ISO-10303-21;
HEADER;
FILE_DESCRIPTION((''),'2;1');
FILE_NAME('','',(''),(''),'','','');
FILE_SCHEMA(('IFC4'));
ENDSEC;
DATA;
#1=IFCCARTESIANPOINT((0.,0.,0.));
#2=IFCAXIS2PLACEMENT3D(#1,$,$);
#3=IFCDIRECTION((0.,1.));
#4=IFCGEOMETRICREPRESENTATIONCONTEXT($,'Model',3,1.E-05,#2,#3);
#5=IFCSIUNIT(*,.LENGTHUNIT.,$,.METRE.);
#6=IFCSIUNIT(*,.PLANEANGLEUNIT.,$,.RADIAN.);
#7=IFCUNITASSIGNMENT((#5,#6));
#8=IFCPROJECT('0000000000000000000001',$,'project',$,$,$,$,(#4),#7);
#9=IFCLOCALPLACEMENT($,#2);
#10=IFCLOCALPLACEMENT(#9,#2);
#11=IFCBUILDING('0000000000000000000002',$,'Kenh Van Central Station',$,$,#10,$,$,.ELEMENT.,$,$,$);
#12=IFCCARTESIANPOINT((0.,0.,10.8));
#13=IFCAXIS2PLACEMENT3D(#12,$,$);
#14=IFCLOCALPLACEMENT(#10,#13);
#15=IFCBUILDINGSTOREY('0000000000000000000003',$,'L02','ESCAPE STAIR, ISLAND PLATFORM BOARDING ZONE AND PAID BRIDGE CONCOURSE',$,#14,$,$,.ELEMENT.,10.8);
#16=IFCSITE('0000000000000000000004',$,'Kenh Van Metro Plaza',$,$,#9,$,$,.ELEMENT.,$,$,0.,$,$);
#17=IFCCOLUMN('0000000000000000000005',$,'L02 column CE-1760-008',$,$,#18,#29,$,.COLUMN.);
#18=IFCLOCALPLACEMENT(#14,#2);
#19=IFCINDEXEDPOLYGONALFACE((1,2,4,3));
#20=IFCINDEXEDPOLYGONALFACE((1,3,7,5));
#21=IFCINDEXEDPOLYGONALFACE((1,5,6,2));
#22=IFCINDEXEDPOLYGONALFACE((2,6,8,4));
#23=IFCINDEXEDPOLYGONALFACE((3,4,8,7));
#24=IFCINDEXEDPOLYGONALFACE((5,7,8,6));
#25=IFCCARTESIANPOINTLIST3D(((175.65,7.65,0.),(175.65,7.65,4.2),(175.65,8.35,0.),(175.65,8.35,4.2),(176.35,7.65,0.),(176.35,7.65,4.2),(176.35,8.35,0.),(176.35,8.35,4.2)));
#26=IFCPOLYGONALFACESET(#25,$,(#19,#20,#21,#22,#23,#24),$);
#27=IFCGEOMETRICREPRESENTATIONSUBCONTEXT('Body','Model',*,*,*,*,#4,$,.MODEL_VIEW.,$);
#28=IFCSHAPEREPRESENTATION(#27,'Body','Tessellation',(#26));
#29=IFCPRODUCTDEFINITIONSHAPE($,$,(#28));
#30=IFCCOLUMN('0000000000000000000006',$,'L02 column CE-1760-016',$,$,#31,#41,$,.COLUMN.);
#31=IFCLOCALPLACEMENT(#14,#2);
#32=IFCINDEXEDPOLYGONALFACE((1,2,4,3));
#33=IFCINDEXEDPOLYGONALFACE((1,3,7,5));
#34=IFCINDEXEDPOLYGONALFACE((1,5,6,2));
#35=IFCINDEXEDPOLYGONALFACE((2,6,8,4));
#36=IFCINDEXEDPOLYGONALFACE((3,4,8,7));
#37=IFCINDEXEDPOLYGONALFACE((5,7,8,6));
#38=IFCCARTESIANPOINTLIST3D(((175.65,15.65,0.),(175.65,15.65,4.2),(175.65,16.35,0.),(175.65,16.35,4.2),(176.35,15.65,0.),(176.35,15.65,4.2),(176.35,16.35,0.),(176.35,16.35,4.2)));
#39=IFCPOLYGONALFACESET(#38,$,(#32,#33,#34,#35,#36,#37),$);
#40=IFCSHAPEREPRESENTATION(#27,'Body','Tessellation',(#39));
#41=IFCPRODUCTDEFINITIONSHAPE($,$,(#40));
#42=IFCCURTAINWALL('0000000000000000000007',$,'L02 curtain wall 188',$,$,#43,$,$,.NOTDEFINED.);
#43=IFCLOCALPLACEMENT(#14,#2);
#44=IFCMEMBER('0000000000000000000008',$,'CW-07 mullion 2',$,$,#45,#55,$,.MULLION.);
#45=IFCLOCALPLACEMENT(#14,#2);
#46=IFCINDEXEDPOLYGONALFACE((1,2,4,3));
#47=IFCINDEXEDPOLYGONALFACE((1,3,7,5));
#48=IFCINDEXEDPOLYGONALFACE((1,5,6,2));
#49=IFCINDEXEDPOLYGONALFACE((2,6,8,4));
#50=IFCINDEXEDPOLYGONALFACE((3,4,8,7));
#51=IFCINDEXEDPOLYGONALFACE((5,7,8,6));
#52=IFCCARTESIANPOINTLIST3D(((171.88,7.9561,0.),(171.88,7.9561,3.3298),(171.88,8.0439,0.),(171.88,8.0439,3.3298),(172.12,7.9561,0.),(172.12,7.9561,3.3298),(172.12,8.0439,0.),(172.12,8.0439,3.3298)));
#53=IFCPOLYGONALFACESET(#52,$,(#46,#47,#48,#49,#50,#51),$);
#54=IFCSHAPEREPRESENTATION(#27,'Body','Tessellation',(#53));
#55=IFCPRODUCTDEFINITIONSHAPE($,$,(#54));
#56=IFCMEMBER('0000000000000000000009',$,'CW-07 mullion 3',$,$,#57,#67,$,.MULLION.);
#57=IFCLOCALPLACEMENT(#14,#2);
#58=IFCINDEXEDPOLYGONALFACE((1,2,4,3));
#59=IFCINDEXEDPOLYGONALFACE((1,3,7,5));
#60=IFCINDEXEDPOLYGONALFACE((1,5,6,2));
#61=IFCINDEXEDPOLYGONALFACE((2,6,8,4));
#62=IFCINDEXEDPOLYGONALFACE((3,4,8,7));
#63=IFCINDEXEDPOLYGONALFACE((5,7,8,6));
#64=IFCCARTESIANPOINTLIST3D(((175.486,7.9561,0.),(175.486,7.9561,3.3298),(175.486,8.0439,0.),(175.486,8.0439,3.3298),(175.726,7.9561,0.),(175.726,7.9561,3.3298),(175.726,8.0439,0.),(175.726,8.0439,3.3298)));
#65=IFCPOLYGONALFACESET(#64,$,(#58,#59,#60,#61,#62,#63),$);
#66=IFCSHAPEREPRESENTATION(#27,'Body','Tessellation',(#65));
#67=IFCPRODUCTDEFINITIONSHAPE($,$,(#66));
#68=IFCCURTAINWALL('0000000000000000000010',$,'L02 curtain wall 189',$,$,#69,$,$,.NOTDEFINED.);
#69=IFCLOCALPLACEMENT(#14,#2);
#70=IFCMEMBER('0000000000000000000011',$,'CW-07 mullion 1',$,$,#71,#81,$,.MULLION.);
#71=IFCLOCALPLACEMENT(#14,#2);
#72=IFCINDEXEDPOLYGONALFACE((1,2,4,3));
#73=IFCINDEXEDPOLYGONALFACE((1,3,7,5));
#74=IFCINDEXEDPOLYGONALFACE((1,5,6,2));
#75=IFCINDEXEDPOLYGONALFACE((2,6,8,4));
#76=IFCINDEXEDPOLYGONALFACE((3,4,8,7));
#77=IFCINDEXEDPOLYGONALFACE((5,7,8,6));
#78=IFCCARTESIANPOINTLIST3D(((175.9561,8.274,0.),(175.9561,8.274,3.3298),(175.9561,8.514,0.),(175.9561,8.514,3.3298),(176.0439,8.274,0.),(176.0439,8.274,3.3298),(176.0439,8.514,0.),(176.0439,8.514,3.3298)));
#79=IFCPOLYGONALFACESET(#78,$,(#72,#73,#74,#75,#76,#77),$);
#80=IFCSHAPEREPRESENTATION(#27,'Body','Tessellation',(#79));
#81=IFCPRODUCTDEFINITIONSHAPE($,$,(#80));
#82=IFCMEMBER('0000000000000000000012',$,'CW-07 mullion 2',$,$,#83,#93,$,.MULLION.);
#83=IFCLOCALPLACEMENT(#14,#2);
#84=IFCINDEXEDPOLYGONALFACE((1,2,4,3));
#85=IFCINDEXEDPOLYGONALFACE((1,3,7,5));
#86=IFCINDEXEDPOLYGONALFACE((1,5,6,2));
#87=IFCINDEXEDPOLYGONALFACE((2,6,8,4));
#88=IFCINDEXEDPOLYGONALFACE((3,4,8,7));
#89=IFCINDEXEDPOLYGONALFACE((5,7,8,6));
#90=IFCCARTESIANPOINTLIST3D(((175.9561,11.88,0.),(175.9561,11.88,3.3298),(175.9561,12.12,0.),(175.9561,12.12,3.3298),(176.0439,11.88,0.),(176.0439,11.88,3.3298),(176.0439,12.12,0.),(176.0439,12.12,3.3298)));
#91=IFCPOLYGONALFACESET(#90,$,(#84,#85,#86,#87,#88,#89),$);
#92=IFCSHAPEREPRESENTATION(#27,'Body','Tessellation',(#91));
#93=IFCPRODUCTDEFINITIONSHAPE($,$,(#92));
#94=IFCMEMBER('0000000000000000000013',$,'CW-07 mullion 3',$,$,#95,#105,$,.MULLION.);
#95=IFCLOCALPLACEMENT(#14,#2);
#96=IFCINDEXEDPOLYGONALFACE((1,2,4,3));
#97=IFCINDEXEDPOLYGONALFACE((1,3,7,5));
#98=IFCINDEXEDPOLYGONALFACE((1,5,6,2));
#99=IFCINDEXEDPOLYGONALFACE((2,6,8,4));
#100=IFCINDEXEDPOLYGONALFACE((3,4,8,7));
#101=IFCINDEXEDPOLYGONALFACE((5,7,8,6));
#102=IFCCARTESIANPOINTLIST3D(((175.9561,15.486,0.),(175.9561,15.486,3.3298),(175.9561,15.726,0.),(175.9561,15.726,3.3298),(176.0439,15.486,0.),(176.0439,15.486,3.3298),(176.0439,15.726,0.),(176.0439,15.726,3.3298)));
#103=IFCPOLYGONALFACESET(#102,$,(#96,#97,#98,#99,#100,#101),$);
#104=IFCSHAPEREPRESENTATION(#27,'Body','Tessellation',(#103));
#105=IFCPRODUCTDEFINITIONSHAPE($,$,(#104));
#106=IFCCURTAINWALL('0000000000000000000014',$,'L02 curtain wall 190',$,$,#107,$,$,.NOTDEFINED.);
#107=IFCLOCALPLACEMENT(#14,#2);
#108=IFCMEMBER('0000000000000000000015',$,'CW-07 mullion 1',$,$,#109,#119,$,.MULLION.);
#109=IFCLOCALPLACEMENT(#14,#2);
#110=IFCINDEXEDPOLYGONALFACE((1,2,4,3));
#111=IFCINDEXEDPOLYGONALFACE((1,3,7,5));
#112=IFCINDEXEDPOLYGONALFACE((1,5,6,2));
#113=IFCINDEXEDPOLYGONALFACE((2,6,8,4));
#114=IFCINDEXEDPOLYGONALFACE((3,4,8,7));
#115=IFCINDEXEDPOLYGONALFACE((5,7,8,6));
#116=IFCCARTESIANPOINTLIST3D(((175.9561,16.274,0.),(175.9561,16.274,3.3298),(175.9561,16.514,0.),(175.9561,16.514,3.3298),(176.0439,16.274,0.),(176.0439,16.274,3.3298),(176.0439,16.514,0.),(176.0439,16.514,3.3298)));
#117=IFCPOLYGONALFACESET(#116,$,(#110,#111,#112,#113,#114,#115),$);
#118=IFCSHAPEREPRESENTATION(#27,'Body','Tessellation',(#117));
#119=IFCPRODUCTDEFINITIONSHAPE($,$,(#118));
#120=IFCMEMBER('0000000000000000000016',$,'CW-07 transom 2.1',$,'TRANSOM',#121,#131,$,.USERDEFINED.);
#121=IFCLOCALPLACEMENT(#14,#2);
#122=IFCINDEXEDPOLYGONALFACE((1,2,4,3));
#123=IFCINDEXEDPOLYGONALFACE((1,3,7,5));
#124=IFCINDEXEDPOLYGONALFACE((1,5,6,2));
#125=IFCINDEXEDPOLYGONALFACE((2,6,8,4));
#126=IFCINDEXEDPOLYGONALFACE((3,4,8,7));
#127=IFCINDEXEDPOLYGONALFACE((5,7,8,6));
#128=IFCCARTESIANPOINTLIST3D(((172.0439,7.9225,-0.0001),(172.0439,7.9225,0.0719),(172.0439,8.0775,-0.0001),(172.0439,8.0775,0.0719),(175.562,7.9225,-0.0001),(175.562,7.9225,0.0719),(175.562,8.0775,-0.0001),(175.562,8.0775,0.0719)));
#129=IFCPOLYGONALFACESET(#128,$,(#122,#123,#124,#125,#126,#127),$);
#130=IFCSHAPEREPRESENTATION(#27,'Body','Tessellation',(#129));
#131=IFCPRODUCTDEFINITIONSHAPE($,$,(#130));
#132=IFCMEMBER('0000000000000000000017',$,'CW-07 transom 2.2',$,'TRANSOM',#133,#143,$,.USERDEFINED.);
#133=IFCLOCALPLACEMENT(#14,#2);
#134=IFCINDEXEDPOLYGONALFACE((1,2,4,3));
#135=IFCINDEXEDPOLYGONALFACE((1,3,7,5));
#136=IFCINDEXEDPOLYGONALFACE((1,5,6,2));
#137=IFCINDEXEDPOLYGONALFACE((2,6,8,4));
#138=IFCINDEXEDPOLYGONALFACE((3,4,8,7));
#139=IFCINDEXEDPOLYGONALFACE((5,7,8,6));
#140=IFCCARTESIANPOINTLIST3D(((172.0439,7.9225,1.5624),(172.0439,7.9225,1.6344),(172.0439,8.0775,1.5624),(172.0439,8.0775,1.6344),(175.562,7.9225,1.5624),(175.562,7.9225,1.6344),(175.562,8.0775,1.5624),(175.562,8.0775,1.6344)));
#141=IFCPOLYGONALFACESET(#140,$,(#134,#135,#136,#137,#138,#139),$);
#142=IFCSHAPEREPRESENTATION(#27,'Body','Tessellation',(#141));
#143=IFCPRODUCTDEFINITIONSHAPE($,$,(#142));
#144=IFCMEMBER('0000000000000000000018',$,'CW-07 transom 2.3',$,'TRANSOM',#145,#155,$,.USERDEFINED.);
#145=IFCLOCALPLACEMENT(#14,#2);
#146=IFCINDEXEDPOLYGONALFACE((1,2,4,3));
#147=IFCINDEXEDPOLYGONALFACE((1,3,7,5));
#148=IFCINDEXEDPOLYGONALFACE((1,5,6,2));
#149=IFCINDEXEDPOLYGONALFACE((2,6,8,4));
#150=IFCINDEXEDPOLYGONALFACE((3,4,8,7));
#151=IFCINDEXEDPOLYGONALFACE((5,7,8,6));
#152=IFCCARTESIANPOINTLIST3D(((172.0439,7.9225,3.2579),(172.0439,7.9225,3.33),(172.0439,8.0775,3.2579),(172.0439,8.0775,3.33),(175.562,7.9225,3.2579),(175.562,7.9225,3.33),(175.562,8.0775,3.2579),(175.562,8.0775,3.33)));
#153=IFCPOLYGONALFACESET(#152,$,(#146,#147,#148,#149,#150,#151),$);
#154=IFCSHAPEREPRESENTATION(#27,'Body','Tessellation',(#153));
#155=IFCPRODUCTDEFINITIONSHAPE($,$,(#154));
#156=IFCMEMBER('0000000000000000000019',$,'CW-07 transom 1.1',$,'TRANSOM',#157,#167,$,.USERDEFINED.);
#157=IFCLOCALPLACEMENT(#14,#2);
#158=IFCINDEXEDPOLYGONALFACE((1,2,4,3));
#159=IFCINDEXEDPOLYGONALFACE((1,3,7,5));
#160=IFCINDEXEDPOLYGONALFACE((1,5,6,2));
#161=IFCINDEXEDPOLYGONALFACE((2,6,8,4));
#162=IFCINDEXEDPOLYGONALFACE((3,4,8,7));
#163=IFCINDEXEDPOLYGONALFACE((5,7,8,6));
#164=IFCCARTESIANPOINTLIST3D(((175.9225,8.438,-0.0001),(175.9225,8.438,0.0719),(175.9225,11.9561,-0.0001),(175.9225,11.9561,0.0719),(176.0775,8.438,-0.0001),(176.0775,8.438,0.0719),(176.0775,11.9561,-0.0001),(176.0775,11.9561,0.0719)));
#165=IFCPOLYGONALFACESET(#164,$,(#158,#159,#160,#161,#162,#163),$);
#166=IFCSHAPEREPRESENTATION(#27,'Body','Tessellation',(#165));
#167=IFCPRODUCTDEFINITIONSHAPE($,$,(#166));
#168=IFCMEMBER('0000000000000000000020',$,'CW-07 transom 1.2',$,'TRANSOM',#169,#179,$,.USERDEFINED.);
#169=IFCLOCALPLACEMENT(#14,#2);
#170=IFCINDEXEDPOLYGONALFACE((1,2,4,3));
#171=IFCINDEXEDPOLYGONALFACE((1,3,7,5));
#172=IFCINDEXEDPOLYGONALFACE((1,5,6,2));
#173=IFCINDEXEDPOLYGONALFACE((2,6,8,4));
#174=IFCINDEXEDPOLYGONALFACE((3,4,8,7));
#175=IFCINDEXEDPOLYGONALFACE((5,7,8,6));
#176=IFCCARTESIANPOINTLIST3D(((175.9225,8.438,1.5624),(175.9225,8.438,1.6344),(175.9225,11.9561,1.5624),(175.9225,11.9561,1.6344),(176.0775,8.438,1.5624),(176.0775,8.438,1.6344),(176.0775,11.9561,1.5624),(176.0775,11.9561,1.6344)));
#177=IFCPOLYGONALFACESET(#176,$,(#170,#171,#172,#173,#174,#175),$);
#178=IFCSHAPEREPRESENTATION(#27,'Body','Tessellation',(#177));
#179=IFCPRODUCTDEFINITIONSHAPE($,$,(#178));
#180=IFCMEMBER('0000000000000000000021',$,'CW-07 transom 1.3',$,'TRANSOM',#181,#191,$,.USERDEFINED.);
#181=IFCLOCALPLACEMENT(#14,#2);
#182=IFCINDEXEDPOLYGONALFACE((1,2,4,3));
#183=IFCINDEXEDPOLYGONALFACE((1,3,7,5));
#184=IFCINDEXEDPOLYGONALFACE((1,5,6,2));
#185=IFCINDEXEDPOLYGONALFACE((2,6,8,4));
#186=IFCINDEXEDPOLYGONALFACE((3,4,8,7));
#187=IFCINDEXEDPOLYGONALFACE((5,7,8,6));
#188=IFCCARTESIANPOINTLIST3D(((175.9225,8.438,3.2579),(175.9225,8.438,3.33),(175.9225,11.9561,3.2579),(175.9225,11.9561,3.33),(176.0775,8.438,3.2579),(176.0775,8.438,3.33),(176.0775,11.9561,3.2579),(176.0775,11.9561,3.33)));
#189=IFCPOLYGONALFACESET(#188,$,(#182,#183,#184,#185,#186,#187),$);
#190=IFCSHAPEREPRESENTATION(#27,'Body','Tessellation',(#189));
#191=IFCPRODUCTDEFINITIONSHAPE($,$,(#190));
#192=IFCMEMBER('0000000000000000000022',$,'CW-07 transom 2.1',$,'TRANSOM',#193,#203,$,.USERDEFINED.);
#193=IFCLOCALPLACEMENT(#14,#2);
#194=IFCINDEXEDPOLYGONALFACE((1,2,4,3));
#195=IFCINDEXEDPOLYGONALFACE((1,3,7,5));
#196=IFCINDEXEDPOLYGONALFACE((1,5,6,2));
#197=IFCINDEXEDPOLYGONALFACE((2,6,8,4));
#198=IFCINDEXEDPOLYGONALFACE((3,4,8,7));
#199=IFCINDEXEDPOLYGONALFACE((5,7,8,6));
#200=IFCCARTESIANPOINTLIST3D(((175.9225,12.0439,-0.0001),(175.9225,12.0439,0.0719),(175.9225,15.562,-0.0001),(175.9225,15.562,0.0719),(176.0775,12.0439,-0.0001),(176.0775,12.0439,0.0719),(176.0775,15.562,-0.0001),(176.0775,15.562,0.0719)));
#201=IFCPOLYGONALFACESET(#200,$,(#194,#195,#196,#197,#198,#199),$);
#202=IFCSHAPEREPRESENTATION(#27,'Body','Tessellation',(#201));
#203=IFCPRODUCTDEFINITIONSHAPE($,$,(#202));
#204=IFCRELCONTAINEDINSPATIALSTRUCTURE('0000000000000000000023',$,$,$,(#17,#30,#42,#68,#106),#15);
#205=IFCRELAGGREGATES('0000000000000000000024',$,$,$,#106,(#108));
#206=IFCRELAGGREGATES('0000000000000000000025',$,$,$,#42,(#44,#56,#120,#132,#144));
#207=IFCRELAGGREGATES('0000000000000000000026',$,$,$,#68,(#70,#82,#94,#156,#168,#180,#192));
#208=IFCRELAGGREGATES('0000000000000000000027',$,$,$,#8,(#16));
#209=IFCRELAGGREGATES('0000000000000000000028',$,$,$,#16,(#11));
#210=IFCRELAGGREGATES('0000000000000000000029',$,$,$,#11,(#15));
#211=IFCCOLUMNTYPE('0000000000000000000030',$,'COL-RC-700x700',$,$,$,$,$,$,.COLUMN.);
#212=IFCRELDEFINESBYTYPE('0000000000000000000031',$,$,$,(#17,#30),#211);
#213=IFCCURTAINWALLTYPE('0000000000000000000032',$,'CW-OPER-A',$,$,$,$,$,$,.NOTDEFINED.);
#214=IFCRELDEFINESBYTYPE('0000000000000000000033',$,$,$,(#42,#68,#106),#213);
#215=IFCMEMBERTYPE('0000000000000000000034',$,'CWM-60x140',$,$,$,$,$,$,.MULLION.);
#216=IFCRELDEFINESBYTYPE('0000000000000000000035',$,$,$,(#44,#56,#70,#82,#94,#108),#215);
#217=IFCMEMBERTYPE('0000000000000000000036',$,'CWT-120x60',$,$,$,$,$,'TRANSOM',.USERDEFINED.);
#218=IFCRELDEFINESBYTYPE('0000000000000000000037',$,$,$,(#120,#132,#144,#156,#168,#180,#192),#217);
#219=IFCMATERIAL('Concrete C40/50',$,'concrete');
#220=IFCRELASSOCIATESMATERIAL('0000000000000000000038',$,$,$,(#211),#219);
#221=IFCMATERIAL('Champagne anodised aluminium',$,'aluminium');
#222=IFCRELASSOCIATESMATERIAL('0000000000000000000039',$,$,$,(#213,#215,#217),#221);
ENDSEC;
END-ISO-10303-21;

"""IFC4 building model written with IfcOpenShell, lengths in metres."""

from ifc_helpers import new_model, si_unit, direction, frame, origin, origin_2d, place, context, subcontext, project, spatial, rectangle, extrude, material, material_profile, profile_set, type_object, element, aggregate, save


model = new_model("IFC4")

# Units and contexts
model_context = context("Model", 3, precision=1e-05, world=origin(), true_north=direction((0.0, 1.0)))
body_context = subcontext(model_context, "Body", "Model", "MODEL_VIEW")
ifc_project = project(units=[si_unit("LENGTHUNIT", "METRE"), si_unit("PLANEANGLEUNIT", "RADIAN")], contexts=[model_context])

# Site, building, storey
site_placement = place(None, origin())
site = spatial("IfcSite", under=ifc_project, at=site_placement, Name="Kenh Van Metro Plaza", CompositionType="ELEMENT", RefElevation=0.0)
building_placement = place(site_placement, origin())
building = spatial("IfcBuilding", under=site, at=building_placement, Name="Kenh Van Central Station", CompositionType="ELEMENT")
storey_placement = place(building_placement, frame((0.0, 0.0, 10.8)))
storey = spatial("IfcBuildingStorey", under=building, at=storey_placement, Name="L02", Description="ESCAPE STAIR, ISLAND PLATFORM BOARDING ZONE AND PAID BRIDGE CONCOURSE", CompositionType="ELEMENT", Elevation=10.8)

# Columns
ifc_material_1 = material(Name="Concrete C40/50", Category="concrete")
ifc_material_profile_1 = material_profile(ifc_material_1, rectangle(XDim=0.7, YDim=0.7, at=origin_2d()), Name="RC 700x700")
ifc_profile_set_1 = profile_set([ifc_material_profile_1], Name="Concrete C40/50")
column_type = type_object("IfcColumnType", Name="COL-RC-700x700", PredefinedType="COLUMN", material=ifc_profile_set_1)
for number, where, z_axis, x_axis, name in (
    (1, (176.0, 8.0, 0.0), (0.0, 0.0, 1.0), (1.0, 0.0, 0.0), "L02 column CE-1760-008"),
    (2, (176.0, 16.0, 0.0), (0.0, 0.0, 1.0), (1.0, 0.0, 0.0), "L02 column CE-1760-016"),
):
    element("IfcColumn", number, at=place(storey_placement, frame(where, z_axis=z_axis, x_axis=x_axis)), inside=storey, type_object=column_type, Name=name, PredefinedType="COLUMN", context=body_context, shape_type="SweptSolid", body=[
        extrude(rectangle(XDim=0.7, YDim=0.7, at=origin_2d()), origin(), (0.0, 0.0, 1.0), 4.2),
    ])

# Curtain walls, members
ifc_material_2 = material(Name="Champagne anodised aluminium", Category="aluminium")
curtain_wall_type = type_object("IfcCurtainWallType", Name="CW-OPER-A", PredefinedType="NOTDEFINED", material=ifc_material_2)
curtain_wall_1_placement = place(storey_placement, origin())
curtain_wall_1 = element("IfcCurtainWall", 3, at=curtain_wall_1_placement, inside=storey, type_object=curtain_wall_type, Name="L02 curtain wall 188", PredefinedType="NOTDEFINED")
ifc_material_profile_2 = material_profile(ifc_material_2, rectangle(XDim=0.0879, YDim=0.24, at=origin_2d()), Name="AL 88x240")
ifc_profile_set_2 = profile_set([ifc_material_profile_2], Name="Champagne anodised aluminium")
member_type_1 = type_object("IfcMemberType", Name="CWM-60x140", PredefinedType="MULLION", material=ifc_profile_set_2)
member_1_placement = place(storey_placement, frame((172.0, 8.0, 0.0), z_axis=(0.0, 0.0, 1.0), x_axis=(0.0, 1.0, 0.0)))
member_1 = element("IfcMember", 4, at=member_1_placement, type_object=member_type_1, Name="CW-07 mullion 2", PredefinedType="MULLION", context=body_context, shape_type="SweptSolid", body=[
    extrude(rectangle(XDim=0.0879, YDim=0.24, at=origin_2d()), origin(), (0.0, 0.0, 1.0), 3.3298),
])
member_2_placement = place(storey_placement, frame((175.606, 8.0, 0.0), z_axis=(0.0, 0.0, 1.0), x_axis=(0.0, 1.0, 0.0)))
member_2 = element("IfcMember", 5, at=member_2_placement, type_object=member_type_1, Name="CW-07 mullion 3", PredefinedType="MULLION", context=body_context, shape_type="SweptSolid", body=[
    extrude(rectangle(XDim=0.0879, YDim=0.24, at=origin_2d()), origin(), (0.0, 0.0, 1.0), 3.3298),
])
curtain_wall_2_placement = place(storey_placement, origin())
curtain_wall_2 = element("IfcCurtainWall", 6, at=curtain_wall_2_placement, inside=storey, type_object=curtain_wall_type, Name="L02 curtain wall 189", PredefinedType="NOTDEFINED")
member_3_placement = place(storey_placement, frame((176.0, 8.394, 0.0), z_axis=(0.0, 0.0, 1.0), x_axis=(-1.0, 0.0, 0.0)))
member_3 = element("IfcMember", 7, at=member_3_placement, type_object=member_type_1, Name="CW-07 mullion 1", PredefinedType="MULLION", context=body_context, shape_type="SweptSolid", body=[
    extrude(rectangle(XDim=0.0879, YDim=0.24, at=origin_2d()), origin(), (0.0, 0.0, 1.0), 3.3298),
])
member_4_placement = place(storey_placement, frame((176.0, 12.0, 0.0), z_axis=(0.0, 0.0, 1.0), x_axis=(-1.0, 0.0, 0.0)))
member_4 = element("IfcMember", 8, at=member_4_placement, type_object=member_type_1, Name="CW-07 mullion 2", PredefinedType="MULLION", context=body_context, shape_type="SweptSolid", body=[
    extrude(rectangle(XDim=0.0879, YDim=0.24, at=origin_2d()), origin(), (0.0, 0.0, 1.0), 3.3298),
])
member_5_placement = place(storey_placement, frame((176.0, 15.606, 0.0), z_axis=(0.0, 0.0, 1.0), x_axis=(-1.0, 0.0, 0.0)))
member_5 = element("IfcMember", 9, at=member_5_placement, type_object=member_type_1, Name="CW-07 mullion 3", PredefinedType="MULLION", context=body_context, shape_type="SweptSolid", body=[
    extrude(rectangle(XDim=0.0879, YDim=0.24, at=origin_2d()), origin(), (0.0, 0.0, 1.0), 3.3298),
])

# Curtain wall, member
curtain_wall_3_placement = place(storey_placement, origin())
curtain_wall_3 = element("IfcCurtainWall", 10, at=curtain_wall_3_placement, inside=storey, type_object=curtain_wall_type, Name="L02 curtain wall 190", PredefinedType="NOTDEFINED")
member_6_placement = place(storey_placement, frame((176.0, 16.394, 0.0), z_axis=(0.0, 0.0, 1.0), x_axis=(-1.0, 0.0, 0.0)))
member_6 = element("IfcMember", 11, at=member_6_placement, type_object=member_type_1, Name="CW-07 mullion 1", PredefinedType="MULLION", context=body_context, shape_type="SweptSolid", body=[
    extrude(rectangle(XDim=0.0879, YDim=0.24, at=origin_2d()), origin(), (0.0, 0.0, 1.0), 3.3298),
])

# Members
ifc_material_profile_3 = material_profile(ifc_material_2, rectangle(XDim=0.155, YDim=0.072, at=origin_2d()), Name="AL 155x72")
ifc_profile_set_3 = profile_set([ifc_material_profile_3], Name="Champagne anodised aluminium")
member_type_2 = type_object("IfcMemberType", Name="CWT-120x60", ElementType="TRANSOM", PredefinedType="USERDEFINED", material=ifc_profile_set_3)
member_7_placement = place(storey_placement, frame((172.0439, 8.0, 0.0359), z_axis=(1.0, 0.0, 0.0), x_axis=(0.0, 1.0, 0.0)))
member_7 = element("IfcMember", 12, at=member_7_placement, type_object=member_type_2, Name="CW-07 transom 2.1", ObjectType="TRANSOM", PredefinedType="USERDEFINED", context=body_context, shape_type="SweptSolid", body=[
    extrude(rectangle(XDim=0.155, YDim=0.072, at=origin_2d()), origin(), (0.0, 0.0, 1.0), 3.5181),
])
member_8_placement = place(storey_placement, frame((172.0439, 8.0, 1.5984), z_axis=(1.0, 0.0, 0.0), x_axis=(0.0, 1.0, 0.0)))
member_8 = element("IfcMember", 13, at=member_8_placement, type_object=member_type_2, Name="CW-07 transom 2.2", ObjectType="TRANSOM", PredefinedType="USERDEFINED", context=body_context, shape_type="SweptSolid", body=[
    extrude(rectangle(XDim=0.155, YDim=0.072, at=origin_2d()), origin(), (0.0, 0.0, 1.0), 3.5181),
])
member_9_placement = place(storey_placement, frame((172.0439, 8.0, 3.2939), z_axis=(1.0, 0.0, 0.0), x_axis=(0.0, 1.0, 0.0)))
member_9 = element("IfcMember", 14, at=member_9_placement, type_object=member_type_2, Name="CW-07 transom 2.3", ObjectType="TRANSOM", PredefinedType="USERDEFINED", context=body_context, shape_type="SweptSolid", body=[
    extrude(rectangle(XDim=0.155, YDim=0.072, at=origin_2d()), origin(), (0.0, 0.0, 1.0), 3.5181),
])
member_10_placement = place(storey_placement, frame((176.0, 8.438, 0.0359), z_axis=(0.0, 1.0, 0.0), x_axis=(-1.0, 0.0, 0.0)))
member_10 = element("IfcMember", 15, at=member_10_placement, type_object=member_type_2, Name="CW-07 transom 1.1", ObjectType="TRANSOM", PredefinedType="USERDEFINED", context=body_context, shape_type="SweptSolid", body=[
    extrude(rectangle(XDim=0.155, YDim=0.072, at=origin_2d()), origin(), (0.0, 0.0, 1.0), 3.5181),
])
member_11_placement = place(storey_placement, frame((176.0, 8.438, 1.5984), z_axis=(0.0, 1.0, 0.0), x_axis=(-1.0, 0.0, 0.0)))
member_11 = element("IfcMember", 16, at=member_11_placement, type_object=member_type_2, Name="CW-07 transom 1.2", ObjectType="TRANSOM", PredefinedType="USERDEFINED", context=body_context, shape_type="SweptSolid", body=[
    extrude(rectangle(XDim=0.155, YDim=0.072, at=origin_2d()), origin(), (0.0, 0.0, 1.0), 3.5181),
])
member_12_placement = place(storey_placement, frame((176.0, 8.438, 3.2939), z_axis=(0.0, 1.0, 0.0), x_axis=(-1.0, 0.0, 0.0)))
member_12 = element("IfcMember", 17, at=member_12_placement, type_object=member_type_2, Name="CW-07 transom 1.3", ObjectType="TRANSOM", PredefinedType="USERDEFINED", context=body_context, shape_type="SweptSolid", body=[
    extrude(rectangle(XDim=0.155, YDim=0.072, at=origin_2d()), origin(), (0.0, 0.0, 1.0), 3.5181),
])
member_13_placement = place(storey_placement, frame((176.0, 12.0439, 0.0359), z_axis=(0.0, 1.0, 0.0), x_axis=(-1.0, 0.0, 0.0)))
member_13 = element("IfcMember", 18, at=member_13_placement, type_object=member_type_2, Name="CW-07 transom 2.1", ObjectType="TRANSOM", PredefinedType="USERDEFINED", context=body_context, shape_type="SweptSolid", body=[
    extrude(rectangle(XDim=0.155, YDim=0.072, at=origin_2d()), origin(), (0.0, 0.0, 1.0), 3.5181),
])
aggregate(curtain_wall_3, [member_6])

aggregate(curtain_wall_1, [member_1, member_2, member_7, member_8, member_9])
aggregate(curtain_wall_2, [member_3, member_4, member_5, member_10, member_11, member_12, member_13])

save(model, "model.ifc")
